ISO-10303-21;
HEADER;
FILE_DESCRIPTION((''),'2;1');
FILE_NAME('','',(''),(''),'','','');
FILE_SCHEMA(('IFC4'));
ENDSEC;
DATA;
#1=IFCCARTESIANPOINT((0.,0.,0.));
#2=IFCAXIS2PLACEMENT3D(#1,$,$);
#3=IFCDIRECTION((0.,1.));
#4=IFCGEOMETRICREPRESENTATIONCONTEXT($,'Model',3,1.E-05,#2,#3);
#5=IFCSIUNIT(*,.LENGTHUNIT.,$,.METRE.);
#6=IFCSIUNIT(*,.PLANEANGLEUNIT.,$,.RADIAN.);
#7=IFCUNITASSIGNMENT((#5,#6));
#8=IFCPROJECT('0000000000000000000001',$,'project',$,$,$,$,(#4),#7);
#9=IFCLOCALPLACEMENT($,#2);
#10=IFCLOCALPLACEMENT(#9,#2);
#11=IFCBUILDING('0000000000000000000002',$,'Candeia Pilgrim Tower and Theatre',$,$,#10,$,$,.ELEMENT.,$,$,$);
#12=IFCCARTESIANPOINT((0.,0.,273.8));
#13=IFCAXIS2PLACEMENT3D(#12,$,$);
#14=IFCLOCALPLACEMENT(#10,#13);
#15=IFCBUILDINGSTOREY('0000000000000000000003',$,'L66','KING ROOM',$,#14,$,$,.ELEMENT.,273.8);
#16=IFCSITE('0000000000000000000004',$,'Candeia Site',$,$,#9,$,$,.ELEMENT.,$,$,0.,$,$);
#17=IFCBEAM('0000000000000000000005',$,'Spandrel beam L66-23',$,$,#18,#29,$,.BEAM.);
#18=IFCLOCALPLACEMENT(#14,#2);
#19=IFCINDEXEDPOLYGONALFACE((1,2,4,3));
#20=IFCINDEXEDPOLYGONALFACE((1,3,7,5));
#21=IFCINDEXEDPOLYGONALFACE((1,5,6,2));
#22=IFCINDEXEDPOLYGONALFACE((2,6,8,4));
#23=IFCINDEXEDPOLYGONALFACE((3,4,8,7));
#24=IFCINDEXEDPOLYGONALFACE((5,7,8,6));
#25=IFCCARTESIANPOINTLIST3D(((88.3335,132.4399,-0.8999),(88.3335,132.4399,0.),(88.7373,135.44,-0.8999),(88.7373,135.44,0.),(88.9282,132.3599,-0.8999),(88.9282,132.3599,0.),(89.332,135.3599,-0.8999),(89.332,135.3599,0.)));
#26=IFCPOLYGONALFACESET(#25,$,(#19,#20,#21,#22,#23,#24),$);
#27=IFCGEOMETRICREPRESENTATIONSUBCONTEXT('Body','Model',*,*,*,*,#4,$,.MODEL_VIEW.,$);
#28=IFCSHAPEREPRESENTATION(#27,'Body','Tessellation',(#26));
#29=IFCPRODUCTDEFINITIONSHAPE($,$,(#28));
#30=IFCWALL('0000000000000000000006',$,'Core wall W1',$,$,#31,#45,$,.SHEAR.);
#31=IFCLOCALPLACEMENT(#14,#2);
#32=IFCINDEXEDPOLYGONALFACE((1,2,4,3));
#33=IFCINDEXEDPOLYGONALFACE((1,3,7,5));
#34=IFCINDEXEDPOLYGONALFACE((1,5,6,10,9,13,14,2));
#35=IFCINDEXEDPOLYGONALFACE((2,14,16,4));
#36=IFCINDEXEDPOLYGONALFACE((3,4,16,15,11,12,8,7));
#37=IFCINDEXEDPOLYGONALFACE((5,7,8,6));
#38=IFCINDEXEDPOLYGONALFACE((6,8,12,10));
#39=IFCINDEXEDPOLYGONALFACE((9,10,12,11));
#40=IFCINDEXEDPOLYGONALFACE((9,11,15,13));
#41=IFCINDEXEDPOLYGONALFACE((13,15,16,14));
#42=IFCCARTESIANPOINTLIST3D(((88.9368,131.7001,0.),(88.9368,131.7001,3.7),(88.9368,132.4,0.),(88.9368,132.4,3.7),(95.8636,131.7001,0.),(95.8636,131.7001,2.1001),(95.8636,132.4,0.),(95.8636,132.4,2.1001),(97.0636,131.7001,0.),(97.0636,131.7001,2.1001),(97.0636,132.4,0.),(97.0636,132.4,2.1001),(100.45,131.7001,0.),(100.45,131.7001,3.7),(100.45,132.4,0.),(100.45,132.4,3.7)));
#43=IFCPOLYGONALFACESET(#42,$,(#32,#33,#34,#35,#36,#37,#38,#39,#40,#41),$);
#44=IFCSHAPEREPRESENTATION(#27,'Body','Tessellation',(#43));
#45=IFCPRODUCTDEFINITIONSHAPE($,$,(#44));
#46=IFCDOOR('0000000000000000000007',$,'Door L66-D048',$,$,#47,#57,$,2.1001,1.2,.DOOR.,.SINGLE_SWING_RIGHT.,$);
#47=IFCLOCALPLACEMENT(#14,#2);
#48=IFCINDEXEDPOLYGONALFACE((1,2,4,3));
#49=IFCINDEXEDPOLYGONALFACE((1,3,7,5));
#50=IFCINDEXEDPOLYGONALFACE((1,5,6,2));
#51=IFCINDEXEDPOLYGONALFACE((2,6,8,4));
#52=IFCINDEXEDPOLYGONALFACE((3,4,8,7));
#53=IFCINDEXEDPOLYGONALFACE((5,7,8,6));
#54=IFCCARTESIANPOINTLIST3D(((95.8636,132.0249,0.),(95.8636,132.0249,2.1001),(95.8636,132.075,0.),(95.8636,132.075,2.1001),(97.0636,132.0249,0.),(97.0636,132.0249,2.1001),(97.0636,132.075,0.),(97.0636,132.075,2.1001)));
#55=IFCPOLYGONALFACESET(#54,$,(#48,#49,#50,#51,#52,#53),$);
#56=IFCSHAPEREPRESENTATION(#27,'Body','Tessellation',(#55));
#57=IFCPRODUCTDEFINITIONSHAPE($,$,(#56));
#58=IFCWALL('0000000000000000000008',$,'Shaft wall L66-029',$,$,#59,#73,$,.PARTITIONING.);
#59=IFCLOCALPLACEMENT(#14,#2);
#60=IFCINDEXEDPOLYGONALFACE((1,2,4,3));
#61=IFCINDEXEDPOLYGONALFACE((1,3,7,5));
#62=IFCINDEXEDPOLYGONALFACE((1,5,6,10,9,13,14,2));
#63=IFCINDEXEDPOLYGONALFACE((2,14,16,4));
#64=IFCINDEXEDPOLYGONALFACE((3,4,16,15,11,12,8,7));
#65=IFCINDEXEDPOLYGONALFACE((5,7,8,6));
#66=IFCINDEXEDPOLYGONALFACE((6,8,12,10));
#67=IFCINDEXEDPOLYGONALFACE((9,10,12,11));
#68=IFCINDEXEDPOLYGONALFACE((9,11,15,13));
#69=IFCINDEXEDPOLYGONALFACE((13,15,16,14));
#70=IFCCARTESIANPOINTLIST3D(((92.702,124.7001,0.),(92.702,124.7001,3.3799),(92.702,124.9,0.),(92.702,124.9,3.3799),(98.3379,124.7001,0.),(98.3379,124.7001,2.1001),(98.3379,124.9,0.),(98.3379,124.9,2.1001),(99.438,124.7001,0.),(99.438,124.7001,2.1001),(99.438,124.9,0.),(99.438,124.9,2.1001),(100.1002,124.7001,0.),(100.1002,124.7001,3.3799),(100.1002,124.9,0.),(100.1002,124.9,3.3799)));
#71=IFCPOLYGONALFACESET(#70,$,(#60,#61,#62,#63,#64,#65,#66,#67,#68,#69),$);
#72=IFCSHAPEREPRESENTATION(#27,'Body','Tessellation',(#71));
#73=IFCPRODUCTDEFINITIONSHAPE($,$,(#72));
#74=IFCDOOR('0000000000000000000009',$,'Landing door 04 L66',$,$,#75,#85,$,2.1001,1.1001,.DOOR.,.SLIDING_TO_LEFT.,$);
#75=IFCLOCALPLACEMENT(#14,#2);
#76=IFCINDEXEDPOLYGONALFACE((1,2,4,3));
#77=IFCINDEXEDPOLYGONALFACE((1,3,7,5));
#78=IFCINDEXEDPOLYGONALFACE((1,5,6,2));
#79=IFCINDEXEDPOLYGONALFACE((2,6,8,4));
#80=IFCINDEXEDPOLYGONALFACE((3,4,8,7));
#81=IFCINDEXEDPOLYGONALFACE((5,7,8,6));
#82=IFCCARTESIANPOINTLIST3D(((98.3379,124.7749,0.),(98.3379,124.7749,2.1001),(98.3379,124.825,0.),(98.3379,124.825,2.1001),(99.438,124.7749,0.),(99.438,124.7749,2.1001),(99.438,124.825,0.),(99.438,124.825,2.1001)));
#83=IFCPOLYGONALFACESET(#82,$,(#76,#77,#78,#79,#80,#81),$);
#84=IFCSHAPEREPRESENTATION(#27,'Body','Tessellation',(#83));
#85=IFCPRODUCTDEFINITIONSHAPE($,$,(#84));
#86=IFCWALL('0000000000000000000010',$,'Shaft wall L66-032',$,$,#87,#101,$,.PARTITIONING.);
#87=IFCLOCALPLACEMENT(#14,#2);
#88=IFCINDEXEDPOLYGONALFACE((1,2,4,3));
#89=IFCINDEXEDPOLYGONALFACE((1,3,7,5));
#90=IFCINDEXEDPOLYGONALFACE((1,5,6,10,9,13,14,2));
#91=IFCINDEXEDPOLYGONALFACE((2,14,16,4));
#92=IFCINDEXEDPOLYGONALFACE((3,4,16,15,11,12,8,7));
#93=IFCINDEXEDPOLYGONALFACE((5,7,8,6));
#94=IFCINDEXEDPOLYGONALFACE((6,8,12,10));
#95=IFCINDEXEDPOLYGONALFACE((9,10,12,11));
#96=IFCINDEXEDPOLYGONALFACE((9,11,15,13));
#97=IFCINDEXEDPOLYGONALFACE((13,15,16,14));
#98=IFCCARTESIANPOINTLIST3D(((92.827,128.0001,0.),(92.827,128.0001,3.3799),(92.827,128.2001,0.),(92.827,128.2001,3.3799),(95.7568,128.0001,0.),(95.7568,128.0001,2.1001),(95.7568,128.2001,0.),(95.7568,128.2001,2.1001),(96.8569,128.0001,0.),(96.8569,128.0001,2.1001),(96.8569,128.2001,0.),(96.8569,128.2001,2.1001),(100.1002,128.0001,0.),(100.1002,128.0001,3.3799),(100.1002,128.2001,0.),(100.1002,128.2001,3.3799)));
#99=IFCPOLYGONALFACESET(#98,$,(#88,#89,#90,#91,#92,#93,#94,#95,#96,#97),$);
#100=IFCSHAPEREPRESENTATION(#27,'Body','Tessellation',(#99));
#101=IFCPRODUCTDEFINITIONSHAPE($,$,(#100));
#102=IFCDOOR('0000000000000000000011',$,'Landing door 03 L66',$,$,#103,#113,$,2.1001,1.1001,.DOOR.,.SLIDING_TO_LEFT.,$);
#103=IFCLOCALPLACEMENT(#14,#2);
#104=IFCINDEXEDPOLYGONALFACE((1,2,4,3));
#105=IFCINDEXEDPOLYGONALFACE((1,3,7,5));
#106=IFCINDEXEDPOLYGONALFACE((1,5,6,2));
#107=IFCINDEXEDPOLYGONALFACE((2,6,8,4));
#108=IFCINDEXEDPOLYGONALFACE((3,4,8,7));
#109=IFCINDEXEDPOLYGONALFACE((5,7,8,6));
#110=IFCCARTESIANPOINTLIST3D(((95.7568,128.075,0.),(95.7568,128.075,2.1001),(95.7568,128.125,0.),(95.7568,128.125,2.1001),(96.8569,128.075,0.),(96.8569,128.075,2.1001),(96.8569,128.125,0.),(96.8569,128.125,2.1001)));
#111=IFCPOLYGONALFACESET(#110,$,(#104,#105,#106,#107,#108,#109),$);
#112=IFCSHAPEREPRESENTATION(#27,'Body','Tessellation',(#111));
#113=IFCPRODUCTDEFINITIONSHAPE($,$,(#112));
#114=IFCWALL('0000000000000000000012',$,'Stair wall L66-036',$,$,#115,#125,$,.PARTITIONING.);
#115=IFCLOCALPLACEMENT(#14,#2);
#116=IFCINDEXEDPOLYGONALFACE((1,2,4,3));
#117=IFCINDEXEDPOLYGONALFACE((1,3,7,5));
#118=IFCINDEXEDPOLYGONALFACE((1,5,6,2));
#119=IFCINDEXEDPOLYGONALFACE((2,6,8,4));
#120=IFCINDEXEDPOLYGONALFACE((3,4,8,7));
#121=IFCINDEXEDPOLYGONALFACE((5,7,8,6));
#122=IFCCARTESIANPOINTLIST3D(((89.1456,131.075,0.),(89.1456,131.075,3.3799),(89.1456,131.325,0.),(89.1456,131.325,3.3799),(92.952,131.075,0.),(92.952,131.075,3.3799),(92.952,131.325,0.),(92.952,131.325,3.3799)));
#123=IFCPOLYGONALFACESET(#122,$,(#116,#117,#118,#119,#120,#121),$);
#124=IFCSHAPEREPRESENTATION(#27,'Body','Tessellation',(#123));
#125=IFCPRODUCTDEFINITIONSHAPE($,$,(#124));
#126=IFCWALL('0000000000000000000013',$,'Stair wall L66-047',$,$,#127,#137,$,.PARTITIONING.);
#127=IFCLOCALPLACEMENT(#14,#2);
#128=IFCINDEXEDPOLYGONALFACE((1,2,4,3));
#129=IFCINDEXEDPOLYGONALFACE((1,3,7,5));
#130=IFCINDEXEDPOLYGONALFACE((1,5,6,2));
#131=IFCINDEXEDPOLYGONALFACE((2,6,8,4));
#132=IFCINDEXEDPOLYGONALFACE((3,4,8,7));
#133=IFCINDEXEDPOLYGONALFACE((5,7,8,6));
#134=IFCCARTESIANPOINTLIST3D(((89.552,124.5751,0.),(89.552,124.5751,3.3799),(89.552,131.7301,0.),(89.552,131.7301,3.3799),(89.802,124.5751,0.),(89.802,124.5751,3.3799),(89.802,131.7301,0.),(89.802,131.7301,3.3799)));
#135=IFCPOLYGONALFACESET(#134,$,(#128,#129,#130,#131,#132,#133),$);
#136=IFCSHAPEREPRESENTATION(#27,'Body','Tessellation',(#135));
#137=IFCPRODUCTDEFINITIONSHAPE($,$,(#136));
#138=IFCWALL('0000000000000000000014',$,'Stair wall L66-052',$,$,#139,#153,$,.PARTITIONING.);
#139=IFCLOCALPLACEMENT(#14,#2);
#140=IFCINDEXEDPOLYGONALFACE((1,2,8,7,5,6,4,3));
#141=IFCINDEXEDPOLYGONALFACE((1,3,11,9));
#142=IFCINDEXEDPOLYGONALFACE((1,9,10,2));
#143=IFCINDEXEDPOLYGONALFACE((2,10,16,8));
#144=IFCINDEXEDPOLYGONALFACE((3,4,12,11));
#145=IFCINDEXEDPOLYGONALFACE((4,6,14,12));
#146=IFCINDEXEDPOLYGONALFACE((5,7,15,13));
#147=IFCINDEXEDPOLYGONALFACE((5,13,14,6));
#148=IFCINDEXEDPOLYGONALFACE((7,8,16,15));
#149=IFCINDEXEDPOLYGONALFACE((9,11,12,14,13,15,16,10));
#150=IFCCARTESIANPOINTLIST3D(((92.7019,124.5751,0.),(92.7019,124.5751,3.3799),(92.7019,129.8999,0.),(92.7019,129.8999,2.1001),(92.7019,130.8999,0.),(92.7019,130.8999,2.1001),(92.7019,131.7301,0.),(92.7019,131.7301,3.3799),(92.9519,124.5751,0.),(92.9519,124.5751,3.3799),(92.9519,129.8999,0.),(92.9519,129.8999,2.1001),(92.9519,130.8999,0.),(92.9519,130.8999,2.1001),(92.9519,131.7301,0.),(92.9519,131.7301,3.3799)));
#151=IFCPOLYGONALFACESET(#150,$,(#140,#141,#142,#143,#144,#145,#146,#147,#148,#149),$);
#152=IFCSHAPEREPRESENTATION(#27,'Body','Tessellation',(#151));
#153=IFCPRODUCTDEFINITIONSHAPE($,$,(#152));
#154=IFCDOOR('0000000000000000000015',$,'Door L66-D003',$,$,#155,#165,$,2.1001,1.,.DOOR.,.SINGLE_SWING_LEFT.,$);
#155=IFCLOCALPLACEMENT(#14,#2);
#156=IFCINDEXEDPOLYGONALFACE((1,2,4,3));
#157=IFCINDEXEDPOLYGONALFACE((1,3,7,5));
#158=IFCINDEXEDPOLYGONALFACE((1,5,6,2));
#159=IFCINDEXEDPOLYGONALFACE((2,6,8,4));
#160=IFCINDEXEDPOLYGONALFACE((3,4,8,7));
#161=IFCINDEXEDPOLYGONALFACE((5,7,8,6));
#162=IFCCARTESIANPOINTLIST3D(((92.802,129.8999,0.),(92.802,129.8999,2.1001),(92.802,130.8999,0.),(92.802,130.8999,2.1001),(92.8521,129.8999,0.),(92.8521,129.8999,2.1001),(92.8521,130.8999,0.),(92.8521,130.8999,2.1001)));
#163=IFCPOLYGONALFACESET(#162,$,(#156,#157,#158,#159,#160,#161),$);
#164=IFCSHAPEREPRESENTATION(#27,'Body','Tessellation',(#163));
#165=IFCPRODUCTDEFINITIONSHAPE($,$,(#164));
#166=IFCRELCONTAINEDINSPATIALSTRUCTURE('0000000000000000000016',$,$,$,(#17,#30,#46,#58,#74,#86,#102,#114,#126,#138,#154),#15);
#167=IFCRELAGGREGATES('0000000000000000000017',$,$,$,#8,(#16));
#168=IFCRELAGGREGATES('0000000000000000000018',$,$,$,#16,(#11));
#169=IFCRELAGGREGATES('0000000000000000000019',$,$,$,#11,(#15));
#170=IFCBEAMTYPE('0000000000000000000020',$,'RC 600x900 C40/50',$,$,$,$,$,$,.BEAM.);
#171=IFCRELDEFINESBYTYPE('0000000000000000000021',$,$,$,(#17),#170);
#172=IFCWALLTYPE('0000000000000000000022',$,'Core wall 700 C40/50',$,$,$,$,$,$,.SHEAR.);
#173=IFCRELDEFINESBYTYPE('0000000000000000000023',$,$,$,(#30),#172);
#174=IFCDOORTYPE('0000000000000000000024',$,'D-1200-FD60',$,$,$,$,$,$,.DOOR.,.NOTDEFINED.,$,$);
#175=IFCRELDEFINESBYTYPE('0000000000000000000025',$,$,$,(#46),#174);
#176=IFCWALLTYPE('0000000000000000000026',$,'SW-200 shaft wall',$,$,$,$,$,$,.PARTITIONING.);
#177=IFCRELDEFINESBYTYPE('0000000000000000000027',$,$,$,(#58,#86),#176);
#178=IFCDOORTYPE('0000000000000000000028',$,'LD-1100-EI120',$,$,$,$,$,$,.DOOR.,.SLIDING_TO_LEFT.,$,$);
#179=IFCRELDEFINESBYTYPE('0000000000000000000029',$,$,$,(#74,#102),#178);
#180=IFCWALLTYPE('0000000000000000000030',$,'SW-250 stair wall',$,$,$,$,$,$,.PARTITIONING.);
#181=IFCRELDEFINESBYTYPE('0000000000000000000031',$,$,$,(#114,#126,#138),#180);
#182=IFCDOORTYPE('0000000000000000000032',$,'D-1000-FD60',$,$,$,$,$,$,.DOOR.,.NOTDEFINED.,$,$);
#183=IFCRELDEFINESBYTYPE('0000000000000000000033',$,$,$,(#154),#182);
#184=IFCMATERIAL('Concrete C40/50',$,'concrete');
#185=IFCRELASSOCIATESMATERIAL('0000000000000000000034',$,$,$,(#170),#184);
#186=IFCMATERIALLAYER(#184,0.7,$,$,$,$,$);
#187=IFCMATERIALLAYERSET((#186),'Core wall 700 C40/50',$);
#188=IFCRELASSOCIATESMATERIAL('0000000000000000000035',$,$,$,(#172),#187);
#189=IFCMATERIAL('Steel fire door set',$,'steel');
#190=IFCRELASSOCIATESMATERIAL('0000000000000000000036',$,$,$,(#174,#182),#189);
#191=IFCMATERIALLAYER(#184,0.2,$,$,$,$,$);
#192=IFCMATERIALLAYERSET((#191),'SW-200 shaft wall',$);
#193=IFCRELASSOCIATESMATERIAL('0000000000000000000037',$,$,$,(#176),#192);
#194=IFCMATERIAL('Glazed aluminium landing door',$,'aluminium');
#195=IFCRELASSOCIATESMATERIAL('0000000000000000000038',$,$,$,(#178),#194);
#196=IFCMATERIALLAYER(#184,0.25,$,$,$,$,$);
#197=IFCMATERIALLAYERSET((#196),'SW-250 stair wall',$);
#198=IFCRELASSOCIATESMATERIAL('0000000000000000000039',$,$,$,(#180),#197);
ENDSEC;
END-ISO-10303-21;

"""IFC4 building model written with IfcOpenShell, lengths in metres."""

from ifc_helpers import new_model, si_unit, direction, frame, frame_2d, origin, origin_2d, place, context, subcontext, project, spatial, rectangle, extrude, material, layer, layer_set, material_profile, profile_set, type_object, element, fill, save


model = new_model("IFC4")

# Units and contexts
model_context = context("Model", 3, precision=1e-05, world=origin(), true_north=direction((0.0, 1.0)))
body_context = subcontext(model_context, "Body", "Model", "MODEL_VIEW")
ifc_project = project(units=[si_unit("LENGTHUNIT", "METRE"), si_unit("PLANEANGLEUNIT", "RADIAN")], contexts=[model_context])

# Site, building, storey
site_placement = place(None, origin())
site = spatial("IfcSite", under=ifc_project, at=site_placement, Name="Candeia Site", CompositionType="ELEMENT", RefElevation=0.0)
building_placement = place(site_placement, origin())
building = spatial("IfcBuilding", under=site, at=building_placement, Name="Candeia Pilgrim Tower and Theatre", CompositionType="ELEMENT")
storey_placement = place(building_placement, frame((0.0, 0.0, 273.8)))
storey = spatial("IfcBuildingStorey", under=building, at=storey_placement, Name="L66", Description="KING ROOM", CompositionType="ELEMENT", Elevation=273.8)

# Beam
ifc_material_1 = material(Name="Concrete C40/50", Category="concrete")
ifc_material_profile = material_profile(ifc_material_1, rectangle(XDim=0.6001, YDim=0.8999, at=origin_2d()))
ifc_profile_set = profile_set([ifc_material_profile], Name="Concrete C40/50")
beam_type = type_object("IfcBeamType", Name="RC 600x900 C40/50", PredefinedType="BEAM", material=ifc_profile_set)
beam_placement = place(storey_placement, frame((88.6309, 132.3999, -0.45), z_axis=(0.1334, 0.991062, 0.0), x_axis=(-0.991062, 0.1334, 0.0)))
element("IfcBeam", 1, at=beam_placement, inside=storey, type_object=beam_type, Name="Spandrel beam L66-23", PredefinedType="BEAM", context=body_context, shape_type="SweptSolid", body=[
    extrude(rectangle(XDim=0.6001, YDim=0.8999, at=origin_2d()), origin(), (0.0, 0.0, 1.0), 3.0271),
])

# Walls, openings, doors
ifc_layer_1 = layer(ifc_material_1, 0.7)
ifc_layer_set_1 = layer_set([ifc_layer_1], Name="Core wall 700 C40/50")
wall_type_1 = type_object("IfcWallType", Name="Core wall 700 C40/50", PredefinedType="SHEAR", material=ifc_layer_set_1)
wall_1_placement = place(storey_placement, frame((88.9368, 132.05, 0.0), z_axis=(0.0, 0.0, 1.0), x_axis=(1.0, 0.0, 0.0)))
wall_1 = element("IfcWall", 2, at=wall_1_placement, inside=storey, type_object=wall_type_1, Name="Core wall W1", PredefinedType="SHEAR", context=body_context, shape_type="SweptSolid", body=[
    extrude(rectangle(XDim=11.5132, YDim=0.7, at=frame_2d((5.7566, 0.0))), origin(), (0.0, 0.0, 1.0), 3.7),
])
opening_1_placement = place(wall_1_placement, frame((6.9268, 0.0, 0.0)))
opening_1 = element("IfcOpeningElement", 3, at=opening_1_placement, cuts=wall_1, PredefinedType="OPENING", context=body_context, shape_type="SweptSolid", body=[
    extrude(rectangle(XDim=1.2, YDim=2.1001, at=frame_2d((0.6001, 1.05))), frame((0.0, 0.3599, 0.0), z_axis=(0.0, -1.0, 0.0), x_axis=(1.0, 0.0, 0.0)), (0.0, 0.0, 1.0), 0.72),
])
ifc_material_2 = material(Name="Steel fire door set", Category="steel")
door_type_1 = type_object("IfcDoorType", Name="D-1200-FD60", OperationType="NOTDEFINED", PredefinedType="DOOR", material=ifc_material_2)
door_1_placement = place(opening_1_placement, origin())
door_1 = element("IfcDoor", 4, at=door_1_placement, inside=storey, type_object=door_type_1, Name="Door L66-D048", OperationType="SINGLE_SWING_RIGHT", OverallHeight=2.1001, OverallWidth=1.2, PredefinedType="DOOR", context=body_context, shape_type="SweptSolid", body=[
    extrude(rectangle(XDim=1.2, YDim=2.1001, at=frame_2d((0.6001, 1.05))), frame((0.0, 0.0249, 0.0), z_axis=(0.0, -1.0, 0.0), x_axis=(1.0, 0.0, 0.0)), (0.0, 0.0, 1.0), 0.05),
])
fill(opening_1, door_1)
ifc_layer_2 = layer(ifc_material_1, 0.2)
ifc_layer_set_2 = layer_set([ifc_layer_2], Name="SW-200 shaft wall")
wall_type_2 = type_object("IfcWallType", Name="SW-200 shaft wall", PredefinedType="PARTITIONING", material=ifc_layer_set_2)
wall_2_placement = place(storey_placement, frame((92.7019, 124.8, 0.0), z_axis=(0.0, 0.0, 1.0), x_axis=(1.0, 0.0, 0.0)))
wall_2 = element("IfcWall", 5, at=wall_2_placement, inside=storey, type_object=wall_type_2, Name="Shaft wall L66-029", PredefinedType="PARTITIONING", context=body_context, shape_type="SweptSolid", body=[
    extrude(rectangle(XDim=7.3982, YDim=0.2, at=frame_2d((3.6992, 0.0))), origin(), (0.0, 0.0, 1.0), 3.3799),
])
opening_2_placement = place(wall_2_placement, frame((5.636, 0.0, 0.0)))
opening_2 = element("IfcOpeningElement", 6, at=opening_2_placement, cuts=wall_2, PredefinedType="OPENING", context=body_context, shape_type="SweptSolid", body=[
    extrude(rectangle(XDim=1.1001, YDim=2.1001, at=frame_2d((0.55, 1.05))), frame((0.0, 0.1099, 0.0), z_axis=(0.0, -1.0, 0.0), x_axis=(1.0, 0.0, 0.0)), (0.0, 0.0, 1.0), 0.22),
])
ifc_material_3 = material(Name="Glazed aluminium landing door", Category="aluminium")
door_type_2 = type_object("IfcDoorType", Name="LD-1100-EI120", OperationType="SLIDING_TO_LEFT", PredefinedType="DOOR", material=ifc_material_3)
door_2_placement = place(opening_2_placement, origin())
door_2 = element("IfcDoor", 7, at=door_2_placement, inside=storey, type_object=door_type_2, Name="Landing door 04 L66", OperationType="SLIDING_TO_LEFT", OverallHeight=2.1001, OverallWidth=1.1001, PredefinedType="DOOR", context=body_context, shape_type="SweptSolid", body=[
    extrude(rectangle(XDim=1.1001, YDim=2.1001, at=frame_2d((0.55, 1.05))), frame((0.0, 0.0249, 0.0), z_axis=(0.0, -1.0, 0.0), x_axis=(1.0, 0.0, 0.0)), (0.0, 0.0, 1.0), 0.05),
])
fill(opening_2, door_2)
wall_3_placement = place(storey_placement, frame((92.8269, 128.1001, 0.0), z_axis=(0.0, 0.0, 1.0), x_axis=(1.0, 0.0, 0.0)))
wall_3 = element("IfcWall", 8, at=wall_3_placement, inside=storey, type_object=wall_type_2, Name="Shaft wall L66-032", PredefinedType="PARTITIONING", context=body_context, shape_type="SweptSolid", body=[
    extrude(rectangle(XDim=7.2732, YDim=0.2, at=frame_2d((3.6367, 0.0))), origin(), (0.0, 0.0, 1.0), 3.3799),
])
opening_3_placement = place(wall_3_placement, frame((2.9299, 0.0, 0.0)))
opening_3 = element("IfcOpeningElement", 9, at=opening_3_placement, cuts=wall_3, PredefinedType="OPENING", context=body_context, shape_type="SweptSolid", body=[
    extrude(rectangle(XDim=1.1001, YDim=2.1001, at=frame_2d((0.55, 1.05))), frame((0.0, 0.1099, 0.0), z_axis=(0.0, -1.0, 0.0), x_axis=(1.0, 0.0, 0.0)), (0.0, 0.0, 1.0), 0.22),
])
door_3_placement = place(opening_3_placement, origin())
door_3 = element("IfcDoor", 10, at=door_3_placement, inside=storey, type_object=door_type_2, Name="Landing door 03 L66", OperationType="SLIDING_TO_LEFT", OverallHeight=2.1001, OverallWidth=1.1001, PredefinedType="DOOR", context=body_context, shape_type="SweptSolid", body=[
    extrude(rectangle(XDim=1.1001, YDim=2.1001, at=frame_2d((0.55, 1.05))), frame((0.0, 0.0249, 0.0), z_axis=(0.0, -1.0, 0.0), x_axis=(1.0, 0.0, 0.0)), (0.0, 0.0, 1.0), 0.05),
])
fill(opening_3, door_3)

# Walls
ifc_layer_3 = layer(ifc_material_1, 0.25)
ifc_layer_set_3 = layer_set([ifc_layer_3], Name="SW-250 stair wall")
wall_type_3 = type_object("IfcWallType", Name="SW-250 stair wall", PredefinedType="PARTITIONING", material=ifc_layer_set_3)
wall_4_placement = place(storey_placement, frame((89.1455, 131.2, 0.0), z_axis=(0.0, 0.0, 1.0), x_axis=(1.0, 0.0, 0.0)))
element("IfcWall", 11, at=wall_4_placement, inside=storey, type_object=wall_type_3, Name="Stair wall L66-036", PredefinedType="PARTITIONING", context=body_context, shape_type="SweptSolid", body=[
    extrude(rectangle(XDim=3.8064, YDim=0.25, at=frame_2d((1.9033, 0.0))), origin(), (0.0, 0.0, 1.0), 3.3799),
])
wall_5_placement = place(storey_placement, frame((89.677, 124.575, 0.0), z_axis=(0.0, 0.0, 1.0), x_axis=(0.0, 1.0, 0.0)))
element("IfcWall", 12, at=wall_5_placement, inside=storey, type_object=wall_type_3, Name="Stair wall L66-047", PredefinedType="PARTITIONING", context=body_context, shape_type="SweptSolid", body=[
    extrude(rectangle(XDim=7.155, YDim=0.25, at=frame_2d((3.5776, 0.0))), origin(), (0.0, 0.0, 1.0), 3.3799),
])

# Wall, opening, door
wall_6_placement = place(storey_placement, frame((92.8269, 124.575, 0.0), z_axis=(0.0, 0.0, 1.0), x_axis=(0.0, 1.0, 0.0)))
wall_6 = element("IfcWall", 13, at=wall_6_placement, inside=storey, type_object=wall_type_3, Name="Stair wall L66-052", PredefinedType="PARTITIONING", context=body_context, shape_type="SweptSolid", body=[
    extrude(rectangle(XDim=7.155, YDim=0.25, at=frame_2d((3.5776, 0.0))), origin(), (0.0, 0.0, 1.0), 3.3799),
])
opening_4_placement = place(wall_6_placement, frame((5.325, 0.0, 0.0)))
opening_4 = element("IfcOpeningElement", 14, at=opening_4_placement, cuts=wall_6, PredefinedType="OPENING", context=body_context, shape_type="SweptSolid", body=[
    extrude(rectangle(XDim=1.0, YDim=2.1001, at=frame_2d((0.5, 1.05))), frame((0.0, 0.135, 0.0), z_axis=(0.0, -1.0, 0.0), x_axis=(1.0, 0.0, 0.0)), (0.0, 0.0, 1.0), 0.27),
])
door_type_3 = type_object("IfcDoorType", Name="D-1000-FD60", OperationType="NOTDEFINED", PredefinedType="DOOR", material=ifc_material_2)
door_4_placement = place(opening_4_placement, origin())
door_4 = element("IfcDoor", 15, at=door_4_placement, inside=storey, type_object=door_type_3, Name="Door L66-D003", OperationType="SINGLE_SWING_LEFT", OverallHeight=2.1001, OverallWidth=1.0, PredefinedType="DOOR", context=body_context, shape_type="SweptSolid", body=[
    extrude(rectangle(XDim=1.0, YDim=2.1001, at=frame_2d((0.5, 1.05))), frame((0.0, 0.0249, 0.0), z_axis=(0.0, -1.0, 0.0), x_axis=(1.0, 0.0, 0.0)), (0.0, 0.0, 1.0), 0.05),
])
fill(opening_4, door_4)

save(model, "model.ifc")
